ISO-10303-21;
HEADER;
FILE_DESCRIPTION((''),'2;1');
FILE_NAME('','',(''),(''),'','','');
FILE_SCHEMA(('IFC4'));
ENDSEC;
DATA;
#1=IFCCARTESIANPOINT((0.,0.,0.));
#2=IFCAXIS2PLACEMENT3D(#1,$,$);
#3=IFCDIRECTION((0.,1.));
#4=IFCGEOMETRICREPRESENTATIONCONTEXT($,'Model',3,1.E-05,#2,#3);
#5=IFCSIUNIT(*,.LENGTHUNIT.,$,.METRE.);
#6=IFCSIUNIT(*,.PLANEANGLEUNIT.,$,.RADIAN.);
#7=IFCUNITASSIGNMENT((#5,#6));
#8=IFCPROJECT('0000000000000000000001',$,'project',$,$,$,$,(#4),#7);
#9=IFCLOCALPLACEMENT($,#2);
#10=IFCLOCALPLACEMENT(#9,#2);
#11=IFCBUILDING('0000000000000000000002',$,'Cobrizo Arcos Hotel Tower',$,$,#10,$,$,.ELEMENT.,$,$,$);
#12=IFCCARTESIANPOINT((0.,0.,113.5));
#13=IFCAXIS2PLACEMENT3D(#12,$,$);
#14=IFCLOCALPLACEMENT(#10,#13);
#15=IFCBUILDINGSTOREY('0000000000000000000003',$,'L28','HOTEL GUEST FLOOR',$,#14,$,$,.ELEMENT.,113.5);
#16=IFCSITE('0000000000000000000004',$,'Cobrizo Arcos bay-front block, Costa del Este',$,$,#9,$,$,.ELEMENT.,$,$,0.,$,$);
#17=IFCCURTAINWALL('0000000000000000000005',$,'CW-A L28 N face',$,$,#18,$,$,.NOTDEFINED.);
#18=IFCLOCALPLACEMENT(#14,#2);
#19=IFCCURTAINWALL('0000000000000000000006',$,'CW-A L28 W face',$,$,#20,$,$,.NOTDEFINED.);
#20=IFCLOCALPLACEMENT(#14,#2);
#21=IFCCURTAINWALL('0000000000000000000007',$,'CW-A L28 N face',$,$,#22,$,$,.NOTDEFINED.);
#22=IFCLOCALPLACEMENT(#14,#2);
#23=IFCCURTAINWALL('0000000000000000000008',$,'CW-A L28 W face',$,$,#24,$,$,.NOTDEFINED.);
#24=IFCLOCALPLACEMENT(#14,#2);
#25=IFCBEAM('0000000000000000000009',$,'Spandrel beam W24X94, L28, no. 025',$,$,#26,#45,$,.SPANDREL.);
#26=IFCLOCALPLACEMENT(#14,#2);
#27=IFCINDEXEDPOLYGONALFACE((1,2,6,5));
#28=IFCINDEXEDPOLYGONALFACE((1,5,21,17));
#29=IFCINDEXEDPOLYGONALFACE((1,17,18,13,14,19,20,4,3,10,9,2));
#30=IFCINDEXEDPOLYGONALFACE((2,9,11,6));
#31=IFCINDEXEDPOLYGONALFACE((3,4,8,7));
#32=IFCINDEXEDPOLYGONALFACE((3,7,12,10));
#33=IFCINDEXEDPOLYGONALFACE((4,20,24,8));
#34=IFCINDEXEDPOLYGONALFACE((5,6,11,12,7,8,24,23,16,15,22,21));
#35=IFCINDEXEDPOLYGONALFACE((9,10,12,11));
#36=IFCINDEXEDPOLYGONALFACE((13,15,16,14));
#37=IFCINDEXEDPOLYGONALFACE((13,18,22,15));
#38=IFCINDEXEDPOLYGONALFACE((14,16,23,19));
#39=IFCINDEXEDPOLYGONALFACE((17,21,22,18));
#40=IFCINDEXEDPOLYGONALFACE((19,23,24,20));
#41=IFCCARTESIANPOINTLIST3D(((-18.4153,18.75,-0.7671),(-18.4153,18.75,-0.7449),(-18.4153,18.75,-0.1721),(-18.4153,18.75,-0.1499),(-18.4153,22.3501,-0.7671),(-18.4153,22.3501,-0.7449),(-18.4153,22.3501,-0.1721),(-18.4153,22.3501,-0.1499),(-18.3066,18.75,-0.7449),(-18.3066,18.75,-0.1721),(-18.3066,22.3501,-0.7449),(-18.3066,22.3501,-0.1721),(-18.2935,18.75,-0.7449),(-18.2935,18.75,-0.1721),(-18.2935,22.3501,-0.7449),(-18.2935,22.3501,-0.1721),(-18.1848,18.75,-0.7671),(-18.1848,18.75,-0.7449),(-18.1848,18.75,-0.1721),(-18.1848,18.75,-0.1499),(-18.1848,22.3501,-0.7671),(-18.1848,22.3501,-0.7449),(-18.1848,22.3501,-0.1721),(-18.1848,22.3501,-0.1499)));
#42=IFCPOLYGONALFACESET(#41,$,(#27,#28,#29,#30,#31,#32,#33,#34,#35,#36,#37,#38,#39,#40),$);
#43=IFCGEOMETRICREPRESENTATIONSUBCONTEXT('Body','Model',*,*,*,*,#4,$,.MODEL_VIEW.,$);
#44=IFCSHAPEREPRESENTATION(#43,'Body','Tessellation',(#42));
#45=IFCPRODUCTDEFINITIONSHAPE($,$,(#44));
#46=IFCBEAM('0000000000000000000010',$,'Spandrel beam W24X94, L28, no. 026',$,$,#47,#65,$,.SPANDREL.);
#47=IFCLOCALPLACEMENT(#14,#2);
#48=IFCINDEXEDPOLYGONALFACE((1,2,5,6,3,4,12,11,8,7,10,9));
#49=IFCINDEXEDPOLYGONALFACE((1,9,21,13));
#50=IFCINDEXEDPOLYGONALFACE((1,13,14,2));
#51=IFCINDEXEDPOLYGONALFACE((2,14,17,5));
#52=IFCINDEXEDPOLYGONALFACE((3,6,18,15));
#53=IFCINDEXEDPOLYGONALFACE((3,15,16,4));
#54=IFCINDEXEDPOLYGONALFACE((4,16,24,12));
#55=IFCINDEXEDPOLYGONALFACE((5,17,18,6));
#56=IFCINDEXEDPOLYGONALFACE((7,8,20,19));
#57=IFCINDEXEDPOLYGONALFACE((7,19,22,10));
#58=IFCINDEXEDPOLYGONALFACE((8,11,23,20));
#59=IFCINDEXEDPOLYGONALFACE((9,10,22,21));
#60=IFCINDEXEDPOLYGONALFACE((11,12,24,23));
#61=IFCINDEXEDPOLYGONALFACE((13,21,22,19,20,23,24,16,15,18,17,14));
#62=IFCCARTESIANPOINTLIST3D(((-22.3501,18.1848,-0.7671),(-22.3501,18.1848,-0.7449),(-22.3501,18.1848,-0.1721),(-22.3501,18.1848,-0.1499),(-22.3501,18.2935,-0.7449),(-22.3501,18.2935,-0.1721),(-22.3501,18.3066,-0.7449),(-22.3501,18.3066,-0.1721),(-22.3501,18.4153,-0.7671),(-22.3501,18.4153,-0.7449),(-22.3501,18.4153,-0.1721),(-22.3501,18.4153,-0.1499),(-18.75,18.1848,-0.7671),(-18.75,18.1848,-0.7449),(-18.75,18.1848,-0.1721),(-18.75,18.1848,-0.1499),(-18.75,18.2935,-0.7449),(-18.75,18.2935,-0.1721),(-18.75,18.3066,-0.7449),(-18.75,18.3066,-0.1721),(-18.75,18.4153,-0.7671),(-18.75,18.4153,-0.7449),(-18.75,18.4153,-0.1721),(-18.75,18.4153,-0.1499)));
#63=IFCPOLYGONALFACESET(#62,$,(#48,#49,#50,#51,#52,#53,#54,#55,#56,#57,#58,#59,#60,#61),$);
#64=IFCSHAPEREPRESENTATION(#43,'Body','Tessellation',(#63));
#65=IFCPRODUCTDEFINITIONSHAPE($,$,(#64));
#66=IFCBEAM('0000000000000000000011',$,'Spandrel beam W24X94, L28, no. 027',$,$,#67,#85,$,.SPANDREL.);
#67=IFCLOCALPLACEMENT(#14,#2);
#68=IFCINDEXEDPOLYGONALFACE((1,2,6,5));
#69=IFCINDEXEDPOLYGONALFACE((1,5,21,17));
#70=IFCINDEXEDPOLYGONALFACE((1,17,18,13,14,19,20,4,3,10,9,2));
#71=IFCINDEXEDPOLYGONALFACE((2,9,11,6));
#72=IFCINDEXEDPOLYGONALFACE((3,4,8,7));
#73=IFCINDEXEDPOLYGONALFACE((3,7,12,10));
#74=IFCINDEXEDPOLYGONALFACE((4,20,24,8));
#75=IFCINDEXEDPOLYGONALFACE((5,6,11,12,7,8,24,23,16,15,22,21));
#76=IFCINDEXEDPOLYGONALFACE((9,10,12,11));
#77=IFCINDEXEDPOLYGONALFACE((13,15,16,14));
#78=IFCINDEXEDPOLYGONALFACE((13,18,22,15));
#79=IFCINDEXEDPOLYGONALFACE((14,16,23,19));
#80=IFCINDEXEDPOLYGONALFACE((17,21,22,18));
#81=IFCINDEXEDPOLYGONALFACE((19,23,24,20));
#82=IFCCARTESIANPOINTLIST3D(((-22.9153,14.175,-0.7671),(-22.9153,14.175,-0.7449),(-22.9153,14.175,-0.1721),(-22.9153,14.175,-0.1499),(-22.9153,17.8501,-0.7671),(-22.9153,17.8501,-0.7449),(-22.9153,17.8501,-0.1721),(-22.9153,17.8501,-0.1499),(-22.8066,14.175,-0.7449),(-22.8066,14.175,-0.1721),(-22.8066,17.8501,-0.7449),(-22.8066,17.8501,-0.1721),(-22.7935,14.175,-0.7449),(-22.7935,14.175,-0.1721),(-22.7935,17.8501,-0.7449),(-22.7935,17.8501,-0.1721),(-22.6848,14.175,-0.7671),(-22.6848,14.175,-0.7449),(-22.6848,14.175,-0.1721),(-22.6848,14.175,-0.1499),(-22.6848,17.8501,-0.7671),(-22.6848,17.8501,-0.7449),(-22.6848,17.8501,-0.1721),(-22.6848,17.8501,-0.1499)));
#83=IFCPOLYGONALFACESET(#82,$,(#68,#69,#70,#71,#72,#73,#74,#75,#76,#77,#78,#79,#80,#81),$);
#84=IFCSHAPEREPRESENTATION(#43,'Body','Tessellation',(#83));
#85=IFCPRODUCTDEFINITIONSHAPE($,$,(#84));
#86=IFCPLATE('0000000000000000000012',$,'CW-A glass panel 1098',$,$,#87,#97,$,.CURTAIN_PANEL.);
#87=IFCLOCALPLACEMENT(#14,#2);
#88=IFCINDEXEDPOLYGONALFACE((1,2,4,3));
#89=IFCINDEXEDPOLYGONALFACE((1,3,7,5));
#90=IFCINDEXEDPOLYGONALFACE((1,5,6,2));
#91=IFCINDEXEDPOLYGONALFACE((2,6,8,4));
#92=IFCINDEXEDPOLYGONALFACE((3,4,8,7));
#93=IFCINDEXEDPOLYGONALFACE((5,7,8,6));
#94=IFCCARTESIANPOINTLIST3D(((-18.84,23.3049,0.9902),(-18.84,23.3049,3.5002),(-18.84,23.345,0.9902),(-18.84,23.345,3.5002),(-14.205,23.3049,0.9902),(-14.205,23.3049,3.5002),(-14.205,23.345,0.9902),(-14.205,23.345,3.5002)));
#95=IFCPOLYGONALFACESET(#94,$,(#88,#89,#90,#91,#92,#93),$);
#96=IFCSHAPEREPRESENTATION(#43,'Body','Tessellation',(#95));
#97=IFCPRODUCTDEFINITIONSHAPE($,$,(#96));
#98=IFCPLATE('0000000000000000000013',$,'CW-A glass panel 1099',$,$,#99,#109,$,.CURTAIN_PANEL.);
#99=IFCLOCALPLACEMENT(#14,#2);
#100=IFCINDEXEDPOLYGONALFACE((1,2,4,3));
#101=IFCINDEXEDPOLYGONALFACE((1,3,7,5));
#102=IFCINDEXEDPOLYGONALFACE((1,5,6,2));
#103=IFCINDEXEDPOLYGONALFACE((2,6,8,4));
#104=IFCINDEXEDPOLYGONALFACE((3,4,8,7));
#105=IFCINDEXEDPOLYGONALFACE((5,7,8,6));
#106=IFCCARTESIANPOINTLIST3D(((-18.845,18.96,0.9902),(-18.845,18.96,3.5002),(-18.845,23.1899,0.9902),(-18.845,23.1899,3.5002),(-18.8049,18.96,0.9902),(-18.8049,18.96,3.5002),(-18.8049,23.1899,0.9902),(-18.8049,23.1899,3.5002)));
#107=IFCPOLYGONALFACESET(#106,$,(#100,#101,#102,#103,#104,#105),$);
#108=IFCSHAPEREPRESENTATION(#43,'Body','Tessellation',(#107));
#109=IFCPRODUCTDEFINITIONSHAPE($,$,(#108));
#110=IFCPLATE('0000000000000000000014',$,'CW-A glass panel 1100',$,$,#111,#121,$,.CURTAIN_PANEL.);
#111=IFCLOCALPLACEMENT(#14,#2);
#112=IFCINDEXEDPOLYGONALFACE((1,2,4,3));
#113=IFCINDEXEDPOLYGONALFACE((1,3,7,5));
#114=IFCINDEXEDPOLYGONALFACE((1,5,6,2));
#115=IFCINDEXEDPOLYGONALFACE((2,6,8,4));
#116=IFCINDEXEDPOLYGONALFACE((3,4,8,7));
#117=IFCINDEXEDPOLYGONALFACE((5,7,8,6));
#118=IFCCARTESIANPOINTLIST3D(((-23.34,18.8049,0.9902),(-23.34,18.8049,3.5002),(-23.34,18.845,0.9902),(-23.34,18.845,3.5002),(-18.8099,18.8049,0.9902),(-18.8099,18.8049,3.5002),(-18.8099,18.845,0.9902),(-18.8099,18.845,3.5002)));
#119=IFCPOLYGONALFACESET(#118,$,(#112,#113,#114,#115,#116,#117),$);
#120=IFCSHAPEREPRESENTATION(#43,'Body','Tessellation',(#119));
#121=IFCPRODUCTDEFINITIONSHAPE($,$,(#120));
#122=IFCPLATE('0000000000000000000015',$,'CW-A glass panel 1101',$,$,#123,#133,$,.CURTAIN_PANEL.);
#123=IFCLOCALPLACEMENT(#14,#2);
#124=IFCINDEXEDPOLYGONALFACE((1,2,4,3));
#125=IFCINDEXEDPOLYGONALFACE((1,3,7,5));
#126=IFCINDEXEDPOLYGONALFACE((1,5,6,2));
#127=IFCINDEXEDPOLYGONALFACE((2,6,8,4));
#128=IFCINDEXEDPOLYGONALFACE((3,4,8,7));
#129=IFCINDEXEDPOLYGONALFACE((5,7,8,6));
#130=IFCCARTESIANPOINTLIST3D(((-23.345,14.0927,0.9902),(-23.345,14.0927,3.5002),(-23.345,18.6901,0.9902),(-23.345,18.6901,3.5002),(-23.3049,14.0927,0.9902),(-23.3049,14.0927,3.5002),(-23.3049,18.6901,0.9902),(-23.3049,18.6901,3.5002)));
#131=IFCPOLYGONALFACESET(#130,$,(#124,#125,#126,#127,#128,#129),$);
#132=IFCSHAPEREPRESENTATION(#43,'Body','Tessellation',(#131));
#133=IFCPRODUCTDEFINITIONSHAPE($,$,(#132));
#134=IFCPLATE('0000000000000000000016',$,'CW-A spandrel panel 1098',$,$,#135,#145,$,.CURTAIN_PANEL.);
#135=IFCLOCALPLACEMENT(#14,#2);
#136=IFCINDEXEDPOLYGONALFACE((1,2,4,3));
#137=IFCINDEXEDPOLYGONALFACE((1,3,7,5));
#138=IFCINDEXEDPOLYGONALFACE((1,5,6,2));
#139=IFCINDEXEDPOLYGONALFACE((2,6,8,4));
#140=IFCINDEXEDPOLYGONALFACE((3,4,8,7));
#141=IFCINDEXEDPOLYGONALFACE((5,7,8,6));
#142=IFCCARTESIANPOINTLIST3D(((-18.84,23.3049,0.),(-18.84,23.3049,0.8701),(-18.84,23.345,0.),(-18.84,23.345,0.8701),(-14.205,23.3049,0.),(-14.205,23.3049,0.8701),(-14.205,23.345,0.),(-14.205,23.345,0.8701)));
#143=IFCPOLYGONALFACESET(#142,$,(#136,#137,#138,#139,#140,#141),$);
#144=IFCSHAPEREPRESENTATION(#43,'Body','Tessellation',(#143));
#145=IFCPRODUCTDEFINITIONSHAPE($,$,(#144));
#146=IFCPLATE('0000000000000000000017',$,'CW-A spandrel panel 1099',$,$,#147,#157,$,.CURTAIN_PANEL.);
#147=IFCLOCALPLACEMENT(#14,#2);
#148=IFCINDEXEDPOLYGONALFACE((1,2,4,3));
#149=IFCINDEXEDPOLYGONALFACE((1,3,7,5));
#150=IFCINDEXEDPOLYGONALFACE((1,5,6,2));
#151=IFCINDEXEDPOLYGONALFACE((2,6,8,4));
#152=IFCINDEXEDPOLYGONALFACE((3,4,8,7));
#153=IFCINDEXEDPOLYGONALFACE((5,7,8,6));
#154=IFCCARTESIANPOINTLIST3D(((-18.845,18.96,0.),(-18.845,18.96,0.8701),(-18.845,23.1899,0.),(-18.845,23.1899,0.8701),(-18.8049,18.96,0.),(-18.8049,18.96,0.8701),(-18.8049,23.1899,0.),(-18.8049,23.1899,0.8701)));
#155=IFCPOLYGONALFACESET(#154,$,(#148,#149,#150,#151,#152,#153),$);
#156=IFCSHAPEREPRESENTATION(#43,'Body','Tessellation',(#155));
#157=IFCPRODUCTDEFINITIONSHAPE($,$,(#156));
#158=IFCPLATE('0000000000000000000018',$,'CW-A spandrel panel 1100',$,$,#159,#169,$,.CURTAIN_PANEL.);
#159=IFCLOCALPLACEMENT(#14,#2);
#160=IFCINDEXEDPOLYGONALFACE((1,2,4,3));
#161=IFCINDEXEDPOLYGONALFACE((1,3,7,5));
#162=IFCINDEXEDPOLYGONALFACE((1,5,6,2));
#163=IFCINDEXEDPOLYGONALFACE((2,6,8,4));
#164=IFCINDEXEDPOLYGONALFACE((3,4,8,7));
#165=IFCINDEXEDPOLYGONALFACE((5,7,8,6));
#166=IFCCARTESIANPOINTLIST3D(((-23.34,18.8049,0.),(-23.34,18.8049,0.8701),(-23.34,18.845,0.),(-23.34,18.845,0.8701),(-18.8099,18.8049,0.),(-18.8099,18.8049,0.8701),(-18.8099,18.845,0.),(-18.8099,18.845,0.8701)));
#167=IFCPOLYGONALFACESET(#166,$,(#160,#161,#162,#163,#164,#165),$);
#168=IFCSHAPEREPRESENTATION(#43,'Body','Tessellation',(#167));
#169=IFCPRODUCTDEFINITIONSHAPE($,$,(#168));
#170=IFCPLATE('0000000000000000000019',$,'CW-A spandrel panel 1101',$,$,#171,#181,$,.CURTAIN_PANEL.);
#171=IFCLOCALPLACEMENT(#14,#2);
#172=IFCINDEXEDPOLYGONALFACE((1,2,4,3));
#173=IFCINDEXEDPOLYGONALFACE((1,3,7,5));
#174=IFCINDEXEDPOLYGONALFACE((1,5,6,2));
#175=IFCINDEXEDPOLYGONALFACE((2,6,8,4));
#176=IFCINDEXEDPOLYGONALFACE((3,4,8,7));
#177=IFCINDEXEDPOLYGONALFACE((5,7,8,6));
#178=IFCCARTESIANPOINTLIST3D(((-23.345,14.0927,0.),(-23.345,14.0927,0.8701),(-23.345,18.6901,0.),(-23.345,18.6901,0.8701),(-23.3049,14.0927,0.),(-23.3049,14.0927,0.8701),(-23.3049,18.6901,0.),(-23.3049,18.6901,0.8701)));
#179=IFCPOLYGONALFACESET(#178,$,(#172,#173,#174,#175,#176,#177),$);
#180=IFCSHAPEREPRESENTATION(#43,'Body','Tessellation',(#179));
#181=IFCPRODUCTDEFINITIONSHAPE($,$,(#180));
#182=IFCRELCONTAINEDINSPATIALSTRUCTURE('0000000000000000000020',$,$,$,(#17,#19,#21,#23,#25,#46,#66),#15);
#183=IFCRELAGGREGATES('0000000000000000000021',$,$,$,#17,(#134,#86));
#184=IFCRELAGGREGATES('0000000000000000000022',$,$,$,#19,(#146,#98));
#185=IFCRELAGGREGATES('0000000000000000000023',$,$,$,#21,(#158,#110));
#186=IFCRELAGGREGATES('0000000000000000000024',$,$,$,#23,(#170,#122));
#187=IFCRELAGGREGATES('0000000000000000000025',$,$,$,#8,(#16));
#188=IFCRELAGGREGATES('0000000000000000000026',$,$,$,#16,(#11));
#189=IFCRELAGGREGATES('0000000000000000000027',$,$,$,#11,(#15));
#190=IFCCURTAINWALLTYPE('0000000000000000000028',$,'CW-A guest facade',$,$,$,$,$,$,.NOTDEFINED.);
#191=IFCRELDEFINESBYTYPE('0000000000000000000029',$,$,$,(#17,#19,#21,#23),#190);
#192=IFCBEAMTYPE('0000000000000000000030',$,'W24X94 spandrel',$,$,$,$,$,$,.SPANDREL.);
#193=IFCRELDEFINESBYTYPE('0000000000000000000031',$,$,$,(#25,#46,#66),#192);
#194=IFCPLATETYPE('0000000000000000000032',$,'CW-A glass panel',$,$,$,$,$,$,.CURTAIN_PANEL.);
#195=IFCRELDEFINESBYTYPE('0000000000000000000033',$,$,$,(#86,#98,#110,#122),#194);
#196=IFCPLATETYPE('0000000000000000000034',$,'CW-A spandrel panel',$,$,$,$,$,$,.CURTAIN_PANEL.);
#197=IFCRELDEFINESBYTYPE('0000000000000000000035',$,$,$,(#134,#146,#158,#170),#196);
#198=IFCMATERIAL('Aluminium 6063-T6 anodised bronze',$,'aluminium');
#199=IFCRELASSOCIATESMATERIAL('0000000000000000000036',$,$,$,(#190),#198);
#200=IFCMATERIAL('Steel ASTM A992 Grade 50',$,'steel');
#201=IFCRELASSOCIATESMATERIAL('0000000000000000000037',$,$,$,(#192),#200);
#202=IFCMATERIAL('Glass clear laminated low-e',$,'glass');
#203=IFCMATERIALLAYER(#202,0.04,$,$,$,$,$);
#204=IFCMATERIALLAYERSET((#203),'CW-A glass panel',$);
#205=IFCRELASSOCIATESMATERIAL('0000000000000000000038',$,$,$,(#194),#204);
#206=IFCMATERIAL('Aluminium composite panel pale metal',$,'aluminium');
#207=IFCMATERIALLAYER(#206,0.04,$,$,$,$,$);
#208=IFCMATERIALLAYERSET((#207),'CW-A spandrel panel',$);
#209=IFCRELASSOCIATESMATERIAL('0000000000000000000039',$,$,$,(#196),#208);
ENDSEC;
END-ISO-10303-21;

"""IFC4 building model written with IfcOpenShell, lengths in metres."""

from ifc_helpers import new_model, si_unit, direction, frame, origin, origin_2d, place, context, subcontext, project, spatial, rectangle, i_section, extrude, material, layer, layer_set, material_profile, profile_set, type_object, element, aggregate, save


model = new_model("IFC4")

# Units and contexts
model_context = context("Model", 3, precision=1e-05, world=origin(), true_north=direction((0.0, 1.0)))
body_context = subcontext(model_context, "Body", "Model", "MODEL_VIEW")
ifc_project = project(units=[si_unit("LENGTHUNIT", "METRE"), si_unit("PLANEANGLEUNIT", "RADIAN")], contexts=[model_context])

# Site, building, storey
site_placement = place(None, origin())
site = spatial("IfcSite", under=ifc_project, at=site_placement, Name="Cobrizo Arcos bay-front block, Costa del Este", CompositionType="ELEMENT", RefElevation=0.0)
building_placement = place(site_placement, origin())
building = spatial("IfcBuilding", under=site, at=building_placement, Name="Cobrizo Arcos Hotel Tower", CompositionType="ELEMENT")
storey_placement = place(building_placement, frame((0.0, 0.0, 113.5)))
storey = spatial("IfcBuildingStorey", under=building, at=storey_placement, Name="L28", Description="HOTEL GUEST FLOOR", CompositionType="ELEMENT", Elevation=113.5)

# Curtain wall
ifc_material_1 = material(Name="Aluminium 6063-T6 anodised bronze", Category="aluminium")
curtain_wall_type = type_object("IfcCurtainWallType", Name="CW-A guest facade", PredefinedType="NOTDEFINED", material=ifc_material_1)
curtain_wall_1_placement = place(storey_placement, origin())
curtain_wall_1 = element("IfcCurtainWall", 1, at=curtain_wall_1_placement, inside=storey, type_object=curtain_wall_type, Name="CW-A L28 N face", PredefinedType="NOTDEFINED")

# Curtain walls
curtain_wall_2_placement = place(storey_placement, origin())
curtain_wall_2 = element("IfcCurtainWall", 2, at=curtain_wall_2_placement, inside=storey, type_object=curtain_wall_type, Name="CW-A L28 W face", PredefinedType="NOTDEFINED")
curtain_wall_3_placement = place(storey_placement, origin())
curtain_wall_3 = element("IfcCurtainWall", 3, at=curtain_wall_3_placement, inside=storey, type_object=curtain_wall_type, Name="CW-A L28 N face", PredefinedType="NOTDEFINED")
curtain_wall_4_placement = place(storey_placement, origin())
curtain_wall_4 = element("IfcCurtainWall", 4, at=curtain_wall_4_placement, inside=storey, type_object=curtain_wall_type, Name="CW-A L28 W face", PredefinedType="NOTDEFINED")

# Beams
ifc_material_2 = material(Name="Steel ASTM A992 Grade 50", Category="steel")
ifc_material_profile_1 = material_profile(ifc_material_2, i_section(OverallWidth=0.2305, OverallDepth=0.6172, WebThickness=0.0132, FlangeThickness=0.0222, at=origin_2d()), Name="W24X94")
ifc_profile_set_1 = profile_set([ifc_material_profile_1], Name="Steel ASTM A992 Grade 50")
beam_type = type_object("IfcBeamType", Name="W24X94 spandrel", PredefinedType="SPANDREL", material=ifc_profile_set_1)
for number, where, z_axis, x_axis, name in (
    (5, (-18.3, 22.3501, -0.4585), (0.0, -1.0, 0.0), (1.0, 0.0, 0.0), "Spandrel beam W24X94, L28, no. 025"),
    (6, (-18.75, 18.3, -0.4585), (-1.0, 0.0, 0.0), (0.0, -1.0, 0.0), "Spandrel beam W24X94, L28, no. 026"),
):
    element("IfcBeam", number, at=place(storey_placement, frame(where, z_axis=z_axis, x_axis=x_axis)), inside=storey, type_object=beam_type, Name=name, PredefinedType="SPANDREL", context=body_context, shape_type="SweptSolid", body=[
        extrude(i_section(OverallWidth=0.2305, OverallDepth=0.6172, WebThickness=0.0132, FlangeThickness=0.0222, at=origin_2d()), origin(), (0.0, 0.0, 1.0), 3.6001),
    ])
beam_placement = place(storey_placement, frame((-22.8, 17.8501, -0.4585), z_axis=(0.0, -1.0, 0.0), x_axis=(1.0, 0.0, 0.0)))
element("IfcBeam", 7, at=beam_placement, inside=storey, type_object=beam_type, Name="Spandrel beam W24X94, L28, no. 027", PredefinedType="SPANDREL", context=body_context, shape_type="SweptSolid", body=[
    extrude(i_section(OverallWidth=0.2305, OverallDepth=0.6172, WebThickness=0.0132, FlangeThickness=0.0222, at=origin_2d()), origin(), (0.0, 0.0, 1.0), 3.675),
])

# Plates
ifc_material_3 = material(Name="Glass clear laminated low-e", Category="glass")
ifc_layer_1 = layer(ifc_material_3, 0.04)
ifc_layer_set_1 = layer_set([ifc_layer_1], Name="CW-A glass panel")
plate_type_1 = type_object("IfcPlateType", Name="CW-A glass panel", PredefinedType="CURTAIN_PANEL", material=ifc_layer_set_1)
plate_1_placement = place(storey_placement, frame((-16.5225, 23.325, 0.9902), z_axis=(0.0, 0.0, 1.0), x_axis=(-1.0, 0.0, 0.0)))
plate_1 = element("IfcPlate", 8, at=plate_1_placement, type_object=plate_type_1, Name="CW-A glass panel 1098", PredefinedType="CURTAIN_PANEL", context=body_context, shape_type="SweptSolid", body=[
    extrude(rectangle(XDim=4.635, YDim=0.04, at=origin_2d()), origin(), (0.0, 0.0, 1.0), 2.51),
])
plate_2_placement = place(storey_placement, frame((-18.825, 21.075, 0.9902), z_axis=(0.0, 0.0, 1.0), x_axis=(0.0, -1.0, 0.0)))
plate_2 = element("IfcPlate", 9, at=plate_2_placement, type_object=plate_type_1, Name="CW-A glass panel 1099", PredefinedType="CURTAIN_PANEL", context=body_context, shape_type="SweptSolid", body=[
    extrude(rectangle(XDim=4.23, YDim=0.04, at=origin_2d()), origin(), (0.0, 0.0, 1.0), 2.51),
])
plate_3_placement = place(storey_placement, frame((-21.075, 18.825, 0.9902), z_axis=(0.0, 0.0, 1.0), x_axis=(-1.0, 0.0, 0.0)))
plate_3 = element("IfcPlate", 10, at=plate_3_placement, type_object=plate_type_1, Name="CW-A glass panel 1100", PredefinedType="CURTAIN_PANEL", context=body_context, shape_type="SweptSolid", body=[
    extrude(rectangle(XDim=4.53, YDim=0.04, at=origin_2d()), origin(), (0.0, 0.0, 1.0), 2.51),
])
plate_4_placement = place(storey_placement, frame((-23.325, 16.3914, 0.9902), z_axis=(0.0, 0.0, 1.0), x_axis=(0.0, -1.0, 0.0)))
plate_4 = element("IfcPlate", 11, at=plate_4_placement, type_object=plate_type_1, Name="CW-A glass panel 1101", PredefinedType="CURTAIN_PANEL", context=body_context, shape_type="SweptSolid", body=[
    extrude(rectangle(XDim=4.5974, YDim=0.04, at=origin_2d()), origin(), (0.0, 0.0, 1.0), 2.51),
])
ifc_material_4 = material(Name="Aluminium composite panel pale metal", Category="aluminium")
ifc_layer_2 = layer(ifc_material_4, 0.04)
ifc_layer_set_2 = layer_set([ifc_layer_2], Name="CW-A spandrel panel")
plate_type_2 = type_object("IfcPlateType", Name="CW-A spandrel panel", PredefinedType="CURTAIN_PANEL", material=ifc_layer_set_2)
plate_5_placement = place(storey_placement, frame((-16.5225, 23.325, 0.0), z_axis=(0.0, 0.0, 1.0), x_axis=(-1.0, 0.0, 0.0)))
plate_5 = element("IfcPlate", 12, at=plate_5_placement, type_object=plate_type_2, Name="CW-A spandrel panel 1098", PredefinedType="CURTAIN_PANEL", context=body_context, shape_type="SweptSolid", body=[
    extrude(rectangle(XDim=4.635, YDim=0.04, at=origin_2d()), origin(), (0.0, 0.0, 1.0), 0.8701),
])
aggregate(curtain_wall_1, [plate_5, plate_1])
plate_6_placement = place(storey_placement, frame((-18.825, 21.075, 0.0), z_axis=(0.0, 0.0, 1.0), x_axis=(0.0, -1.0, 0.0)))
plate_6 = element("IfcPlate", 13, at=plate_6_placement, type_object=plate_type_2, Name="CW-A spandrel panel 1099", PredefinedType="CURTAIN_PANEL", context=body_context, shape_type="SweptSolid", body=[
    extrude(rectangle(XDim=4.23, YDim=0.04, at=origin_2d()), origin(), (0.0, 0.0, 1.0), 0.8701),
])
aggregate(curtain_wall_2, [plate_6, plate_2])
plate_7_placement = place(storey_placement, frame((-21.075, 18.825, 0.0), z_axis=(0.0, 0.0, 1.0), x_axis=(-1.0, 0.0, 0.0)))
plate_7 = element("IfcPlate", 14, at=plate_7_placement, type_object=plate_type_2, Name="CW-A spandrel panel 1100", PredefinedType="CURTAIN_PANEL", context=body_context, shape_type="SweptSolid", body=[
    extrude(rectangle(XDim=4.53, YDim=0.04, at=origin_2d()), origin(), (0.0, 0.0, 1.0), 0.8701),
])
aggregate(curtain_wall_3, [plate_7, plate_3])
plate_8_placement = place(storey_placement, frame((-23.325, 16.3914, 0.0), z_axis=(0.0, 0.0, 1.0), x_axis=(0.0, -1.0, 0.0)))
plate_8 = element("IfcPlate", 15, at=plate_8_placement, type_object=plate_type_2, Name="CW-A spandrel panel 1101", PredefinedType="CURTAIN_PANEL", context=body_context, shape_type="SweptSolid", body=[
    extrude(rectangle(XDim=4.5974, YDim=0.04, at=origin_2d()), origin(), (0.0, 0.0, 1.0), 0.8701),
])
aggregate(curtain_wall_4, [plate_8, plate_4])

save(model, "model.ifc")
